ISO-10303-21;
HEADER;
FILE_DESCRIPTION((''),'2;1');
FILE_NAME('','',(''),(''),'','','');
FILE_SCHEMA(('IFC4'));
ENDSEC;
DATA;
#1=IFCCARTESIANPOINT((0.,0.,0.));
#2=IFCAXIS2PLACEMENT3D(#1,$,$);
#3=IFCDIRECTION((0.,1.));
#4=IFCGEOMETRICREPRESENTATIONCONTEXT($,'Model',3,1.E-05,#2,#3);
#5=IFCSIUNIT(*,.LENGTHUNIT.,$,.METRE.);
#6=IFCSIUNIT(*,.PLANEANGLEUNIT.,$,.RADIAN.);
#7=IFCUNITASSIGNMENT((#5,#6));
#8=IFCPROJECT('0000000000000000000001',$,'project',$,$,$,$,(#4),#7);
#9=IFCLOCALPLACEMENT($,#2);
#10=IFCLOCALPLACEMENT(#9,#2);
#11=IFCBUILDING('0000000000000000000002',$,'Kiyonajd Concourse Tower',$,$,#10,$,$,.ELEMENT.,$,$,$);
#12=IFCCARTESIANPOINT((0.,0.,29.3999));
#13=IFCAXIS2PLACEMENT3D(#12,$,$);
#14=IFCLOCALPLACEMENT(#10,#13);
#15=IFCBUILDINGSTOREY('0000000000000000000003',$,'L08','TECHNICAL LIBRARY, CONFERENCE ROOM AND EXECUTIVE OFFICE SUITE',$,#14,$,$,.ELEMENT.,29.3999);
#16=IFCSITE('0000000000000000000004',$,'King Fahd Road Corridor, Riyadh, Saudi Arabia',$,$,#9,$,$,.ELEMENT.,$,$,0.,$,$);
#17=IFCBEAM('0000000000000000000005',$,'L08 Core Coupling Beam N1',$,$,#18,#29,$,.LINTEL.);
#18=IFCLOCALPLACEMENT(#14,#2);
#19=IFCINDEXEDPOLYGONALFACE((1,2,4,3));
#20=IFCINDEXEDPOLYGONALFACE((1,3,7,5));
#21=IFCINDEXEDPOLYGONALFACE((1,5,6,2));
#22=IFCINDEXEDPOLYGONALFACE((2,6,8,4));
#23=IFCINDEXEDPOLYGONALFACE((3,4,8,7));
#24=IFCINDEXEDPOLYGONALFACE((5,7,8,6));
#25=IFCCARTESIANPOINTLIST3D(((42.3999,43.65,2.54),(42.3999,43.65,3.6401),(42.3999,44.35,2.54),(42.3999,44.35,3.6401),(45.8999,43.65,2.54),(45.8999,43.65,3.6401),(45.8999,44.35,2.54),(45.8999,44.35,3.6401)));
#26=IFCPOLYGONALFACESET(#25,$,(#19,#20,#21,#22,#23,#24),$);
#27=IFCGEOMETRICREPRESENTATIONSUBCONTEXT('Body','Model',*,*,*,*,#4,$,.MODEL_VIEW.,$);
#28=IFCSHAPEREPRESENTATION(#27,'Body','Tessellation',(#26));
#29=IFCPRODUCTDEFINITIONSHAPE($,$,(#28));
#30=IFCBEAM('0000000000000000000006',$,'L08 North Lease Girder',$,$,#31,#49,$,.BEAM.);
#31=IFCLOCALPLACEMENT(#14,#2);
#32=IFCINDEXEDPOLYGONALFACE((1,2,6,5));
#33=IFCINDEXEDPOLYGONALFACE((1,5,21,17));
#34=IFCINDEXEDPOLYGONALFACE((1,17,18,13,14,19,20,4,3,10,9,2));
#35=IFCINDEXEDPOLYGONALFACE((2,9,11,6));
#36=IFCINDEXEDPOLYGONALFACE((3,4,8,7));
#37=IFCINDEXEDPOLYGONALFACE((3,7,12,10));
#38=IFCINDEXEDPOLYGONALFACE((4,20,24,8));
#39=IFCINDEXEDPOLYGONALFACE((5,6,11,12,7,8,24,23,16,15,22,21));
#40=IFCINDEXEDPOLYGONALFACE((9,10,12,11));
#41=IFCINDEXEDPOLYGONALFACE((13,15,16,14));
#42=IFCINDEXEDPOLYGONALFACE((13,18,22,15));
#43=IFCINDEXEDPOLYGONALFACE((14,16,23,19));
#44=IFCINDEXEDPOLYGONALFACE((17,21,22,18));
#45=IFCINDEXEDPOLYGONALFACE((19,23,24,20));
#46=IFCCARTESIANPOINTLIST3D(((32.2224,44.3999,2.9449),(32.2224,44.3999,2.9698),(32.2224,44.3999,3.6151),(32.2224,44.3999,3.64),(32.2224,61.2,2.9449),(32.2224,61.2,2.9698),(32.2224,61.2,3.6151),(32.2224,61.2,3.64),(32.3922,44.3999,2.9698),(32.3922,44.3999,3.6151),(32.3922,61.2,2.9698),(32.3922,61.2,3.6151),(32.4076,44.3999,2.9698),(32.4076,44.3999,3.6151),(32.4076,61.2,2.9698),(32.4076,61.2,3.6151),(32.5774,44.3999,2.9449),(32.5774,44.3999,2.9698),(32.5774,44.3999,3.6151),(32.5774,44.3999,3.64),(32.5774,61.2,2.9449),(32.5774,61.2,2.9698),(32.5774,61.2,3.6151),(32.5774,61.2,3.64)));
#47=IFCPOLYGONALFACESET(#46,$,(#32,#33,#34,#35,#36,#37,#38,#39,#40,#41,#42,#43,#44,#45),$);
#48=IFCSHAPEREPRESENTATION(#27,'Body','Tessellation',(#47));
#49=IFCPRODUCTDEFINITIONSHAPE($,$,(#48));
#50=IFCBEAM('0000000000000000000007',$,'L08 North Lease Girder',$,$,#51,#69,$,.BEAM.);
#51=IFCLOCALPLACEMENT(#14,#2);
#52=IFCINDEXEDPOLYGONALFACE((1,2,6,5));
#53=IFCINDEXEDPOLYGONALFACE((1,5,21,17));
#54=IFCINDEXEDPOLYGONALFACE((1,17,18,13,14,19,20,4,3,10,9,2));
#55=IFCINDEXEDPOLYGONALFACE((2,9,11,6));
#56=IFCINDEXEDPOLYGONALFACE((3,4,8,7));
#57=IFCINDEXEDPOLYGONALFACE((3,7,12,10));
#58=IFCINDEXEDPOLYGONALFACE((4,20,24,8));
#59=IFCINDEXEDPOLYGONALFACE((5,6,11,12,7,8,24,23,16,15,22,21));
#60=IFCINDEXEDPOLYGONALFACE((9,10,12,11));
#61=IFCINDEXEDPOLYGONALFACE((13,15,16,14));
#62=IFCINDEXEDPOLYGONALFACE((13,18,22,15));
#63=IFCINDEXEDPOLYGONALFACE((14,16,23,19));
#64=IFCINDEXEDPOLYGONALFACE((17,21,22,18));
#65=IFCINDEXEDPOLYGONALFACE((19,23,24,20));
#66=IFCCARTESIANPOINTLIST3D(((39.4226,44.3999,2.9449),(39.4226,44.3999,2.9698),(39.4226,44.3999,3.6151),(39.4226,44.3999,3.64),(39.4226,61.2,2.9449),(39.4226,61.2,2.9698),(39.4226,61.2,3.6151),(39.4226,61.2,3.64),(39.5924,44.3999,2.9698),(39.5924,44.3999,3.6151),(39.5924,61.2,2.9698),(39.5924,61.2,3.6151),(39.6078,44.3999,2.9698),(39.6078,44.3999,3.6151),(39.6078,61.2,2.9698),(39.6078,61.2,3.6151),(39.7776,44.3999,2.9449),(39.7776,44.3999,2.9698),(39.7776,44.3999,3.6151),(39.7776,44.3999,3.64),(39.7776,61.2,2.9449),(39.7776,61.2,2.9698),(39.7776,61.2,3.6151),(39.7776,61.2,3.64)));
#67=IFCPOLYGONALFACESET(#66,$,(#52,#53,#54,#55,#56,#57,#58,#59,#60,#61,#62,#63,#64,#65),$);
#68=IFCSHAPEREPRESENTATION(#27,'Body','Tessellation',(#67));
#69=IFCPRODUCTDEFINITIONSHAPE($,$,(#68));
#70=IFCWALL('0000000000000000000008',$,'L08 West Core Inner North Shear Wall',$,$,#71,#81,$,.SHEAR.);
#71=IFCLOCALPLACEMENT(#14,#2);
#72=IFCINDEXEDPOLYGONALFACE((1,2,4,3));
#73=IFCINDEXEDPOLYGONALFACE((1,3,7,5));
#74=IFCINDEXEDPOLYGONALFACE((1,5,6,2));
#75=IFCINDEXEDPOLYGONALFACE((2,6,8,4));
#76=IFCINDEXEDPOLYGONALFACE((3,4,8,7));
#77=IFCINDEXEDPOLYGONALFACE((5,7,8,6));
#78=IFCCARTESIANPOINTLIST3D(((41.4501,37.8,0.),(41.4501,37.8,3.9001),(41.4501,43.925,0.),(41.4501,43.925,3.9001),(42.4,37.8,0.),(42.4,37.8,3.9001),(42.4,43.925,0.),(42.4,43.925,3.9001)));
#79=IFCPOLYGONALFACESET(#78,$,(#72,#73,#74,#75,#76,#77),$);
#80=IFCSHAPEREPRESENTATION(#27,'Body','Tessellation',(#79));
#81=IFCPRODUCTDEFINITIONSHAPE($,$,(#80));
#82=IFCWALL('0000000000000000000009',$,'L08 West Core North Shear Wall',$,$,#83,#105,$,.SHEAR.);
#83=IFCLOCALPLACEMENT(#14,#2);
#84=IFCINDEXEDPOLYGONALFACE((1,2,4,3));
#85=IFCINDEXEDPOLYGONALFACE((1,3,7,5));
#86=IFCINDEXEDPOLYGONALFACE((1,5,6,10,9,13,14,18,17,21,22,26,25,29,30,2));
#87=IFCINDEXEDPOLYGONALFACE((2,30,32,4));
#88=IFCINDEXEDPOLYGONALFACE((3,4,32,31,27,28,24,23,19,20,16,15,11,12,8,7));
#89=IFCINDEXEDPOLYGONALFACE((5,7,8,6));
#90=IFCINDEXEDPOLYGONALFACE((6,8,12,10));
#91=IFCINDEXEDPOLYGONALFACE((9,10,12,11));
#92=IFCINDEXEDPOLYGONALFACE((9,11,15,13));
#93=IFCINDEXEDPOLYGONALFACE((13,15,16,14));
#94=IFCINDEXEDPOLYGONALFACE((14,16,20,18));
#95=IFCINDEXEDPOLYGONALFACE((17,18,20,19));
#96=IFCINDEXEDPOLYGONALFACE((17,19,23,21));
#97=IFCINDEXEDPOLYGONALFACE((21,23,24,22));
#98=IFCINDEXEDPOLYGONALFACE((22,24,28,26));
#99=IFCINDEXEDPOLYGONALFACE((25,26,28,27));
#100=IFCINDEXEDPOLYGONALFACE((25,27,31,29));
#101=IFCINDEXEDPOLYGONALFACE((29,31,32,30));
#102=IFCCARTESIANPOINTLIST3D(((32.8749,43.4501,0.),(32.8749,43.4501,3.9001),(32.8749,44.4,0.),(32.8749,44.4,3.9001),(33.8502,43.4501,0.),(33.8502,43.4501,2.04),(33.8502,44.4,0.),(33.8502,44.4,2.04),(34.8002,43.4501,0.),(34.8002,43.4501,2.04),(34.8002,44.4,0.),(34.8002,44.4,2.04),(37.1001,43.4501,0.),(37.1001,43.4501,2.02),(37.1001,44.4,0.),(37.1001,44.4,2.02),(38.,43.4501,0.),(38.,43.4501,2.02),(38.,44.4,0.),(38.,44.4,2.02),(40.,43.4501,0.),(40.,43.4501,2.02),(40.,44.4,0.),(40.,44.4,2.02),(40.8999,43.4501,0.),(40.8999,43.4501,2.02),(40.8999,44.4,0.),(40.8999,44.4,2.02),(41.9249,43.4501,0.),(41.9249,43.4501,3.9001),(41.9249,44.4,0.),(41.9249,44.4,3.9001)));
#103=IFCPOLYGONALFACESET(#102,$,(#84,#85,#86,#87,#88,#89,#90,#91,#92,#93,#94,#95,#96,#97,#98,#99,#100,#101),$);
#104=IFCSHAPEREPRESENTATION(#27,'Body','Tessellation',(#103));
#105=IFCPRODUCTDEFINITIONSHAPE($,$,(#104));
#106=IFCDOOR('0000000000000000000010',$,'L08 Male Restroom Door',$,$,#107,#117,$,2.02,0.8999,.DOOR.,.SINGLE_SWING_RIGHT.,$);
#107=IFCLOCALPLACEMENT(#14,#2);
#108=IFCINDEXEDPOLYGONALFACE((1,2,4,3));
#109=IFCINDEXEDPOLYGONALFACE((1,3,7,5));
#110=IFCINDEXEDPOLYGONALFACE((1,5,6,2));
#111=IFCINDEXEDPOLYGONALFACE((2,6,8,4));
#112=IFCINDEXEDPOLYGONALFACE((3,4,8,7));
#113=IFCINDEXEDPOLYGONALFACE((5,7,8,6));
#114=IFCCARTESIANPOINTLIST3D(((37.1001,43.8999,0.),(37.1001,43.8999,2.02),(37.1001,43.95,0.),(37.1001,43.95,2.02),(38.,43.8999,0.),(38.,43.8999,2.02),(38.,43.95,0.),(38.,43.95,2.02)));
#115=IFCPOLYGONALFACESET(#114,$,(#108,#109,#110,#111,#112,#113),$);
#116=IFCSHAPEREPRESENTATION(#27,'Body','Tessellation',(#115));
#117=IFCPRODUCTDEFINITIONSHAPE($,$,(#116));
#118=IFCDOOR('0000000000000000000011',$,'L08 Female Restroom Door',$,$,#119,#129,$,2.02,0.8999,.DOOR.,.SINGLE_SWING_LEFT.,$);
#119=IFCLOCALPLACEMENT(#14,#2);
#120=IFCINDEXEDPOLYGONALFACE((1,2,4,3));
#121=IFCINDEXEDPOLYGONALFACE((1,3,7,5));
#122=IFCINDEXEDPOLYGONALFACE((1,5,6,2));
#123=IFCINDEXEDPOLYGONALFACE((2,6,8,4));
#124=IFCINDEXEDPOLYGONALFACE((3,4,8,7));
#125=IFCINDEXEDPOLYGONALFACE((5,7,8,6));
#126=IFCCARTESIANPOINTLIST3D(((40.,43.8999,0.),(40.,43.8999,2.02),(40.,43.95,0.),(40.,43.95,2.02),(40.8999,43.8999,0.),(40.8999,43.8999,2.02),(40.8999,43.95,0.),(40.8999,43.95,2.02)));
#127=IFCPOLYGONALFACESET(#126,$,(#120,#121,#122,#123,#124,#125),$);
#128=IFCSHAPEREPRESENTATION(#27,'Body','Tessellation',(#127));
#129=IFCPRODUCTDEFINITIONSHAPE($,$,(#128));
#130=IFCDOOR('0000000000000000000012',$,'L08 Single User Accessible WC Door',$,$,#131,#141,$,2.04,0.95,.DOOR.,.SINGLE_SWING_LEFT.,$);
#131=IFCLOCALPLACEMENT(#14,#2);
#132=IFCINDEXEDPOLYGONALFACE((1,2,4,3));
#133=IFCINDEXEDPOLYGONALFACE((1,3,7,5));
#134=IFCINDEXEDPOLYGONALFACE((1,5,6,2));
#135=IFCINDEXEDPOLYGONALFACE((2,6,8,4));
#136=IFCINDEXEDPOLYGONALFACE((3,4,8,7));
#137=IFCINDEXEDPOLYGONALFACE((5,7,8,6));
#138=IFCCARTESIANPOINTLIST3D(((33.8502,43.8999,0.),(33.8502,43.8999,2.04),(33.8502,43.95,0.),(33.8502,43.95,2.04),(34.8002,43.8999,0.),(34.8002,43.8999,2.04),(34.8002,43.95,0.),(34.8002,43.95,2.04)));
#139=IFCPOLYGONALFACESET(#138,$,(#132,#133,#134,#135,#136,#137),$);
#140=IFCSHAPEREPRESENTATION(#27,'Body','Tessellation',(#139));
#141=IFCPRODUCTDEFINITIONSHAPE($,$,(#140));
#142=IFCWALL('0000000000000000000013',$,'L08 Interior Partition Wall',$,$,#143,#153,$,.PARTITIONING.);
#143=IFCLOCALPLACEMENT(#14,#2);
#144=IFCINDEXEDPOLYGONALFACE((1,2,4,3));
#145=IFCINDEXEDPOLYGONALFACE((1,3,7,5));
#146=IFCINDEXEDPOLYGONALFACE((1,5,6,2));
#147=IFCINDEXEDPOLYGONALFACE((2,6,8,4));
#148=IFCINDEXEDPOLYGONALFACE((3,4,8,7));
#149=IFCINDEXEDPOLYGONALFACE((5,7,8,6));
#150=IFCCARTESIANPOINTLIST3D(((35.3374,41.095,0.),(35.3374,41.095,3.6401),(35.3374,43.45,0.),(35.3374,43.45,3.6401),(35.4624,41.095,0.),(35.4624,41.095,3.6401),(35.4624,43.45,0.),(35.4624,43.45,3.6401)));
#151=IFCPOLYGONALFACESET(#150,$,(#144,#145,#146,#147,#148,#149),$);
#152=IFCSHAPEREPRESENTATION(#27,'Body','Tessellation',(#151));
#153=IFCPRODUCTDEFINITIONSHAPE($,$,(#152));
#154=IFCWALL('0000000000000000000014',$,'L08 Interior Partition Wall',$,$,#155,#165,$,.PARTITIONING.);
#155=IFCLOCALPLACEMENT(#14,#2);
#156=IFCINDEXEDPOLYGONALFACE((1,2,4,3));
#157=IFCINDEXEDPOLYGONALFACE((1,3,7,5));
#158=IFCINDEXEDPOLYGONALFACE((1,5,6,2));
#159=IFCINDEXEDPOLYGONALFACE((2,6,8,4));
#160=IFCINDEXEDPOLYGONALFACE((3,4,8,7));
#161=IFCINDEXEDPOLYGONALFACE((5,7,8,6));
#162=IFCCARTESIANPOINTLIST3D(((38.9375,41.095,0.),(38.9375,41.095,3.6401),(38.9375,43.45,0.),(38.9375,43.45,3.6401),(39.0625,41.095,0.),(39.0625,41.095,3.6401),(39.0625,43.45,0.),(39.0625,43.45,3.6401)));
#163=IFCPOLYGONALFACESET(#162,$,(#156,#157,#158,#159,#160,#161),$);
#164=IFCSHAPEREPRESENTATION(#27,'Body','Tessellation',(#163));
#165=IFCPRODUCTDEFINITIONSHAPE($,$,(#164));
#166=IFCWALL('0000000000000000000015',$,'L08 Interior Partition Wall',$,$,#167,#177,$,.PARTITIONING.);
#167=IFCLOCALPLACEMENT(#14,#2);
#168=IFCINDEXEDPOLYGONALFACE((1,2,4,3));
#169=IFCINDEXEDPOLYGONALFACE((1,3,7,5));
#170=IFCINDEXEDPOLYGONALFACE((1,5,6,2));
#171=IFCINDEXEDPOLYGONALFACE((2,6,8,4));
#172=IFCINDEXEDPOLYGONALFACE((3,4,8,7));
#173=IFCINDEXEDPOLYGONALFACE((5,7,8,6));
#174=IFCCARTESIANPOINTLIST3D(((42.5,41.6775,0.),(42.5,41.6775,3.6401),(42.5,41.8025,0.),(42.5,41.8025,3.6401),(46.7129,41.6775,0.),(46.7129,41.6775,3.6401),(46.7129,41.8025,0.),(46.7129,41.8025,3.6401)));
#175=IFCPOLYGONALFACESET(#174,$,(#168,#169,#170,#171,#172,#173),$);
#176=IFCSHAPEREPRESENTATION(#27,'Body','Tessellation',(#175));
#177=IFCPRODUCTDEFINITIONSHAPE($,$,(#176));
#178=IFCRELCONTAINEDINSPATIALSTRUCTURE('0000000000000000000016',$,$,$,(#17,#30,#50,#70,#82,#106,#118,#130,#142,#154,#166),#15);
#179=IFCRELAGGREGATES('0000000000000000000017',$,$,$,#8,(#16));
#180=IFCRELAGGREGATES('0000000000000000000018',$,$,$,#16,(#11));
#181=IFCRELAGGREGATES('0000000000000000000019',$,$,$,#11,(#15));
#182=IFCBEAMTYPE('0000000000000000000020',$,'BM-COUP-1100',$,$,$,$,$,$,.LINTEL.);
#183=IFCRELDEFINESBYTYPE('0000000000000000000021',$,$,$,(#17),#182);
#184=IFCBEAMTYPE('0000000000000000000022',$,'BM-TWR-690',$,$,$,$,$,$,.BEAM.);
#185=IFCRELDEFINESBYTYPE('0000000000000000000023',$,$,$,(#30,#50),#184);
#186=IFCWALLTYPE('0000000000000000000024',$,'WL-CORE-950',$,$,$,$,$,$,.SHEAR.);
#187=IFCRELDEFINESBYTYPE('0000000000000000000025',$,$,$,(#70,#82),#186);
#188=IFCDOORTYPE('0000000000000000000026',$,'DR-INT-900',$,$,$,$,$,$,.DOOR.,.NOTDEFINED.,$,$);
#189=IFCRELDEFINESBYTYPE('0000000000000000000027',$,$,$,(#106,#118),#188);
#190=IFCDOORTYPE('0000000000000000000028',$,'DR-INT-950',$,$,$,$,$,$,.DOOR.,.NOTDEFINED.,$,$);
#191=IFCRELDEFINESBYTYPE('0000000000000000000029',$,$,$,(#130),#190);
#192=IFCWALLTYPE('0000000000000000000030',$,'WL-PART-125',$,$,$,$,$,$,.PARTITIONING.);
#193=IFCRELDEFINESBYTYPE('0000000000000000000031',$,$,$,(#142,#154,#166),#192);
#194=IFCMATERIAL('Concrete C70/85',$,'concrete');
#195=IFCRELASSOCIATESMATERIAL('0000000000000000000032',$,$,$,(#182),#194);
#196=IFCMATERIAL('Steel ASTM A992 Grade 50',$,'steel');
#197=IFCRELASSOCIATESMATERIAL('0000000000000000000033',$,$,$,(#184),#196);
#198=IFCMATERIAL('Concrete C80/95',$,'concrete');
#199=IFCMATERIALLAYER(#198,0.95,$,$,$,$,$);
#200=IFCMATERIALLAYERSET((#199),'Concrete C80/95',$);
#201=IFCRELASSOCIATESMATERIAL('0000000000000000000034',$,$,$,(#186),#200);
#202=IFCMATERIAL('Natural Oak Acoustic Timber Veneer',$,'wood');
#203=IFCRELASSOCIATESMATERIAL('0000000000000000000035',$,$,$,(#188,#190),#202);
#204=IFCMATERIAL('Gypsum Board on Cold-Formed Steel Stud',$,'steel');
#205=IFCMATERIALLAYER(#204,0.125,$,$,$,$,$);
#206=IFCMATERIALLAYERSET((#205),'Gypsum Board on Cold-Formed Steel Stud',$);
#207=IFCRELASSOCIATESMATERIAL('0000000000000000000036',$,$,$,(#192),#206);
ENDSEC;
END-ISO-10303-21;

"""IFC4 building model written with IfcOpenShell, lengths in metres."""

from ifc_helpers import new_model, si_unit, direction, frame, frame_2d, origin, origin_2d, place, context, subcontext, project, spatial, rectangle, i_section, extrude, material, layer, layer_set, material_profile, profile_set, type_object, element, fill, save


model = new_model("IFC4")

# Units and contexts
model_context = context("Model", 3, precision=1e-05, world=origin(), true_north=direction((0.0, 1.0)))
body_context = subcontext(model_context, "Body", "Model", "MODEL_VIEW")
ifc_project = project(units=[si_unit("LENGTHUNIT", "METRE"), si_unit("PLANEANGLEUNIT", "RADIAN")], contexts=[model_context])

# Site, building, storey
site_placement = place(None, origin())
site = spatial("IfcSite", under=ifc_project, at=site_placement, Name="King Fahd Road Corridor, Riyadh, Saudi Arabia", CompositionType="ELEMENT", RefElevation=0.0)
building_placement = place(site_placement, origin())
building = spatial("IfcBuilding", under=site, at=building_placement, Name="Kiyonajd Concourse Tower", CompositionType="ELEMENT")
storey_placement = place(building_placement, frame((0.0, 0.0, 29.3999)))
storey = spatial("IfcBuildingStorey", under=building, at=storey_placement, Name="L08", Description="TECHNICAL LIBRARY, CONFERENCE ROOM AND EXECUTIVE OFFICE SUITE", CompositionType="ELEMENT", Elevation=29.3999)

# Beams
ifc_material_1 = material(Name="Concrete C70/85", Category="concrete")
ifc_material_profile_1 = material_profile(ifc_material_1, rectangle(XDim=0.7, YDim=1.1001, at=origin_2d()), Name="RCBM-700x1100")
ifc_profile_set_1 = profile_set([ifc_material_profile_1], Name="Concrete C70/85")
beam_type_1 = type_object("IfcBeamType", Name="BM-COUP-1100", PredefinedType="LINTEL", material=ifc_profile_set_1)
beam_placement = place(storey_placement, frame((42.3999, 44.0, 3.0901), z_axis=(1.0, 0.0, 0.0), x_axis=(0.0, 1.0, 0.0)))
element("IfcBeam", 1, at=beam_placement, inside=storey, type_object=beam_type_1, Name="L08 Core Coupling Beam N1", PredefinedType="LINTEL", context=body_context, shape_type="SweptSolid", body=[
    extrude(rectangle(XDim=0.7, YDim=1.1001, at=origin_2d()), origin(), (0.0, 0.0, 1.0), 3.5),
])
ifc_material_2 = material(Name="Steel ASTM A992 Grade 50", Category="steel")
ifc_material_profile_2 = material_profile(ifc_material_2, i_section(OverallWidth=0.355, OverallDepth=0.6951, WebThickness=0.0154, FlangeThickness=0.0249, at=origin_2d()), Name="W690X217")
ifc_profile_set_2 = profile_set([ifc_material_profile_2], Name="Steel ASTM A992 Grade 50")
beam_type_2 = type_object("IfcBeamType", Name="BM-TWR-690", PredefinedType="BEAM", material=ifc_profile_set_2)
for number, where, z_axis, x_axis, name in (
    (2, (32.3999, 44.3999, 3.2925), (0.0, 1.0, 0.0), (-1.0, 0.0, 0.0), "L08 North Lease Girder"),
    (3, (39.6001, 44.3999, 3.2925), (0.0, 1.0, 0.0), (-1.0, 0.0, 0.0), "L08 North Lease Girder"),
):
    element("IfcBeam", number, at=place(storey_placement, frame(where, z_axis=z_axis, x_axis=x_axis)), inside=storey, type_object=beam_type_2, Name=name, PredefinedType="BEAM", context=body_context, shape_type="SweptSolid", body=[
        extrude(i_section(OverallWidth=0.355, OverallDepth=0.6951, WebThickness=0.0154, FlangeThickness=0.0249, at=origin_2d()), origin(), (0.0, 0.0, 1.0), 16.8),
    ])

# Wall
ifc_material_3 = material(Name="Concrete C80/95", Category="concrete")
ifc_layer_1 = layer(ifc_material_3, 0.95)
ifc_layer_set_1 = layer_set([ifc_layer_1], Name="Concrete C80/95")
wall_type_1 = type_object("IfcWallType", Name="WL-CORE-950", PredefinedType="SHEAR", material=ifc_layer_set_1)
wall_1_placement = place(storey_placement, frame((41.925, 37.8, 0.0), z_axis=(0.0, 0.0, 1.0), x_axis=(0.0, 1.0, 0.0)))
element("IfcWall", 4, at=wall_1_placement, inside=storey, type_object=wall_type_1, Name="L08 West Core Inner North Shear Wall", PredefinedType="SHEAR", context=body_context, shape_type="SweptSolid", body=[
    extrude(rectangle(XDim=6.125, YDim=0.95, at=frame_2d((3.0625, 0.0))), origin(), (0.0, 0.0, 1.0), 3.9001),
])

# Wall, openings, doors
wall_2_placement = place(storey_placement, frame((32.875, 43.925, 0.0), z_axis=(0.0, 0.0, 1.0), x_axis=(1.0, 0.0, 0.0)))
wall_2 = element("IfcWall", 5, at=wall_2_placement, inside=storey, type_object=wall_type_1, Name="L08 West Core North Shear Wall", PredefinedType="SHEAR", context=body_context, shape_type="SweptSolid", body=[
    extrude(rectangle(XDim=9.05, YDim=0.95, at=frame_2d((4.5249, 0.0))), origin(), (0.0, 0.0, 1.0), 3.9001),
])
opening_1_placement = place(wall_2_placement, frame((0.9751, 0.0, 0.0)))
opening_1 = element("IfcOpeningElement", 6, at=opening_1_placement, cuts=wall_2, PredefinedType="OPENING", context=body_context, shape_type="SweptSolid", body=[
    extrude(rectangle(XDim=0.95, YDim=2.04, at=frame_2d((0.4751, 1.02))), frame((0.0, 0.4849, 0.0), z_axis=(0.0, -1.0, 0.0), x_axis=(1.0, 0.0, 0.0)), (0.0, 0.0, 1.0), 0.97),
])
opening_2_placement = place(wall_2_placement, frame((4.2251, 0.0, 0.0)))
opening_2 = element("IfcOpeningElement", 7, at=opening_2_placement, cuts=wall_2, PredefinedType="OPENING", context=body_context, shape_type="SweptSolid", body=[
    extrude(rectangle(XDim=0.8999, YDim=2.02, at=frame_2d((0.45, 1.01))), frame((0.0, 0.4849, 0.0), z_axis=(0.0, -1.0, 0.0), x_axis=(1.0, 0.0, 0.0)), (0.0, 0.0, 1.0), 0.97),
])
opening_3_placement = place(wall_2_placement, frame((7.125, 0.0, 0.0)))
opening_3 = element("IfcOpeningElement", 8, at=opening_3_placement, cuts=wall_2, PredefinedType="OPENING", context=body_context, shape_type="SweptSolid", body=[
    extrude(rectangle(XDim=0.8999, YDim=2.02, at=frame_2d((0.45, 1.01))), frame((0.0, 0.4849, 0.0), z_axis=(0.0, -1.0, 0.0), x_axis=(1.0, 0.0, 0.0)), (0.0, 0.0, 1.0), 0.97),
])
ifc_material_4 = material(Name="Natural Oak Acoustic Timber Veneer", Category="wood")
door_type_1 = type_object("IfcDoorType", Name="DR-INT-900", OperationType="NOTDEFINED", PredefinedType="DOOR", material=ifc_material_4)
door_1_placement = place(opening_2_placement, origin())
door_1 = element("IfcDoor", 9, at=door_1_placement, inside=storey, type_object=door_type_1, Name="L08 Male Restroom Door", OperationType="SINGLE_SWING_RIGHT", OverallHeight=2.02, OverallWidth=0.8999, PredefinedType="DOOR", context=body_context, shape_type="SweptSolid", body=[
    extrude(rectangle(XDim=0.8999, YDim=2.02, at=frame_2d((0.45, 1.01))), frame((0.0, 0.0249, 0.0), z_axis=(0.0, -1.0, 0.0), x_axis=(1.0, 0.0, 0.0)), (0.0, 0.0, 1.0), 0.05),
])
fill(opening_2, door_1)
door_2_placement = place(opening_3_placement, origin())
door_2 = element("IfcDoor", 10, at=door_2_placement, inside=storey, type_object=door_type_1, Name="L08 Female Restroom Door", OperationType="SINGLE_SWING_LEFT", OverallHeight=2.02, OverallWidth=0.8999, PredefinedType="DOOR", context=body_context, shape_type="SweptSolid", body=[
    extrude(rectangle(XDim=0.8999, YDim=2.02, at=frame_2d((0.45, 1.01))), frame((0.0, 0.0249, 0.0), z_axis=(0.0, -1.0, 0.0), x_axis=(1.0, 0.0, 0.0)), (0.0, 0.0, 1.0), 0.05),
])
fill(opening_3, door_2)
door_type_2 = type_object("IfcDoorType", Name="DR-INT-950", OperationType="NOTDEFINED", PredefinedType="DOOR", material=ifc_material_4)
door_3_placement = place(opening_1_placement, origin())
door_3 = element("IfcDoor", 11, at=door_3_placement, inside=storey, type_object=door_type_2, Name="L08 Single User Accessible WC Door", OperationType="SINGLE_SWING_LEFT", OverallHeight=2.04, OverallWidth=0.95, PredefinedType="DOOR", context=body_context, shape_type="SweptSolid", body=[
    extrude(rectangle(XDim=0.95, YDim=2.04, at=frame_2d((0.4751, 1.02))), frame((0.0, 0.0249, 0.0), z_axis=(0.0, -1.0, 0.0), x_axis=(1.0, 0.0, 0.0)), (0.0, 0.0, 1.0), 0.05),
])
fill(opening_1, door_3)

# Walls
ifc_material_5 = material(Name="Gypsum Board on Cold-Formed Steel Stud", Category="steel")
ifc_layer_2 = layer(ifc_material_5, 0.125)
ifc_layer_set_2 = layer_set([ifc_layer_2], Name="Gypsum Board on Cold-Formed Steel Stud")
wall_type_2 = type_object("IfcWallType", Name="WL-PART-125", PredefinedType="PARTITIONING", material=ifc_layer_set_2)
for number, where, z_axis, x_axis, name in (
    (12, (35.3999, 41.095, 0.0), (0.0, 0.0, 1.0), (0.0, 1.0, 0.0), "L08 Interior Partition Wall"),
    (13, (39.0, 41.095, 0.0), (0.0, 0.0, 1.0), (0.0, 1.0, 0.0), "L08 Interior Partition Wall"),
):
    element("IfcWall", number, at=place(storey_placement, frame(where, z_axis=z_axis, x_axis=x_axis)), inside=storey, type_object=wall_type_2, Name=name, PredefinedType="PARTITIONING", context=body_context, shape_type="SweptSolid", body=[
        extrude(rectangle(XDim=2.355, YDim=0.125, at=frame_2d((1.1775, 0.0))), origin(), (0.0, 0.0, 1.0), 3.6401),
    ])
wall_3_placement = place(storey_placement, frame((42.5, 41.74, 0.0), z_axis=(0.0, 0.0, 1.0), x_axis=(1.0, 0.0, 0.0)))
element("IfcWall", 14, at=wall_3_placement, inside=storey, type_object=wall_type_2, Name="L08 Interior Partition Wall", PredefinedType="PARTITIONING", context=body_context, shape_type="SweptSolid", body=[
    extrude(rectangle(XDim=4.2129, YDim=0.125, at=frame_2d((2.1064, 0.0))), origin(), (0.0, 0.0, 1.0), 3.6401),
])

save(model, "model.ifc")
